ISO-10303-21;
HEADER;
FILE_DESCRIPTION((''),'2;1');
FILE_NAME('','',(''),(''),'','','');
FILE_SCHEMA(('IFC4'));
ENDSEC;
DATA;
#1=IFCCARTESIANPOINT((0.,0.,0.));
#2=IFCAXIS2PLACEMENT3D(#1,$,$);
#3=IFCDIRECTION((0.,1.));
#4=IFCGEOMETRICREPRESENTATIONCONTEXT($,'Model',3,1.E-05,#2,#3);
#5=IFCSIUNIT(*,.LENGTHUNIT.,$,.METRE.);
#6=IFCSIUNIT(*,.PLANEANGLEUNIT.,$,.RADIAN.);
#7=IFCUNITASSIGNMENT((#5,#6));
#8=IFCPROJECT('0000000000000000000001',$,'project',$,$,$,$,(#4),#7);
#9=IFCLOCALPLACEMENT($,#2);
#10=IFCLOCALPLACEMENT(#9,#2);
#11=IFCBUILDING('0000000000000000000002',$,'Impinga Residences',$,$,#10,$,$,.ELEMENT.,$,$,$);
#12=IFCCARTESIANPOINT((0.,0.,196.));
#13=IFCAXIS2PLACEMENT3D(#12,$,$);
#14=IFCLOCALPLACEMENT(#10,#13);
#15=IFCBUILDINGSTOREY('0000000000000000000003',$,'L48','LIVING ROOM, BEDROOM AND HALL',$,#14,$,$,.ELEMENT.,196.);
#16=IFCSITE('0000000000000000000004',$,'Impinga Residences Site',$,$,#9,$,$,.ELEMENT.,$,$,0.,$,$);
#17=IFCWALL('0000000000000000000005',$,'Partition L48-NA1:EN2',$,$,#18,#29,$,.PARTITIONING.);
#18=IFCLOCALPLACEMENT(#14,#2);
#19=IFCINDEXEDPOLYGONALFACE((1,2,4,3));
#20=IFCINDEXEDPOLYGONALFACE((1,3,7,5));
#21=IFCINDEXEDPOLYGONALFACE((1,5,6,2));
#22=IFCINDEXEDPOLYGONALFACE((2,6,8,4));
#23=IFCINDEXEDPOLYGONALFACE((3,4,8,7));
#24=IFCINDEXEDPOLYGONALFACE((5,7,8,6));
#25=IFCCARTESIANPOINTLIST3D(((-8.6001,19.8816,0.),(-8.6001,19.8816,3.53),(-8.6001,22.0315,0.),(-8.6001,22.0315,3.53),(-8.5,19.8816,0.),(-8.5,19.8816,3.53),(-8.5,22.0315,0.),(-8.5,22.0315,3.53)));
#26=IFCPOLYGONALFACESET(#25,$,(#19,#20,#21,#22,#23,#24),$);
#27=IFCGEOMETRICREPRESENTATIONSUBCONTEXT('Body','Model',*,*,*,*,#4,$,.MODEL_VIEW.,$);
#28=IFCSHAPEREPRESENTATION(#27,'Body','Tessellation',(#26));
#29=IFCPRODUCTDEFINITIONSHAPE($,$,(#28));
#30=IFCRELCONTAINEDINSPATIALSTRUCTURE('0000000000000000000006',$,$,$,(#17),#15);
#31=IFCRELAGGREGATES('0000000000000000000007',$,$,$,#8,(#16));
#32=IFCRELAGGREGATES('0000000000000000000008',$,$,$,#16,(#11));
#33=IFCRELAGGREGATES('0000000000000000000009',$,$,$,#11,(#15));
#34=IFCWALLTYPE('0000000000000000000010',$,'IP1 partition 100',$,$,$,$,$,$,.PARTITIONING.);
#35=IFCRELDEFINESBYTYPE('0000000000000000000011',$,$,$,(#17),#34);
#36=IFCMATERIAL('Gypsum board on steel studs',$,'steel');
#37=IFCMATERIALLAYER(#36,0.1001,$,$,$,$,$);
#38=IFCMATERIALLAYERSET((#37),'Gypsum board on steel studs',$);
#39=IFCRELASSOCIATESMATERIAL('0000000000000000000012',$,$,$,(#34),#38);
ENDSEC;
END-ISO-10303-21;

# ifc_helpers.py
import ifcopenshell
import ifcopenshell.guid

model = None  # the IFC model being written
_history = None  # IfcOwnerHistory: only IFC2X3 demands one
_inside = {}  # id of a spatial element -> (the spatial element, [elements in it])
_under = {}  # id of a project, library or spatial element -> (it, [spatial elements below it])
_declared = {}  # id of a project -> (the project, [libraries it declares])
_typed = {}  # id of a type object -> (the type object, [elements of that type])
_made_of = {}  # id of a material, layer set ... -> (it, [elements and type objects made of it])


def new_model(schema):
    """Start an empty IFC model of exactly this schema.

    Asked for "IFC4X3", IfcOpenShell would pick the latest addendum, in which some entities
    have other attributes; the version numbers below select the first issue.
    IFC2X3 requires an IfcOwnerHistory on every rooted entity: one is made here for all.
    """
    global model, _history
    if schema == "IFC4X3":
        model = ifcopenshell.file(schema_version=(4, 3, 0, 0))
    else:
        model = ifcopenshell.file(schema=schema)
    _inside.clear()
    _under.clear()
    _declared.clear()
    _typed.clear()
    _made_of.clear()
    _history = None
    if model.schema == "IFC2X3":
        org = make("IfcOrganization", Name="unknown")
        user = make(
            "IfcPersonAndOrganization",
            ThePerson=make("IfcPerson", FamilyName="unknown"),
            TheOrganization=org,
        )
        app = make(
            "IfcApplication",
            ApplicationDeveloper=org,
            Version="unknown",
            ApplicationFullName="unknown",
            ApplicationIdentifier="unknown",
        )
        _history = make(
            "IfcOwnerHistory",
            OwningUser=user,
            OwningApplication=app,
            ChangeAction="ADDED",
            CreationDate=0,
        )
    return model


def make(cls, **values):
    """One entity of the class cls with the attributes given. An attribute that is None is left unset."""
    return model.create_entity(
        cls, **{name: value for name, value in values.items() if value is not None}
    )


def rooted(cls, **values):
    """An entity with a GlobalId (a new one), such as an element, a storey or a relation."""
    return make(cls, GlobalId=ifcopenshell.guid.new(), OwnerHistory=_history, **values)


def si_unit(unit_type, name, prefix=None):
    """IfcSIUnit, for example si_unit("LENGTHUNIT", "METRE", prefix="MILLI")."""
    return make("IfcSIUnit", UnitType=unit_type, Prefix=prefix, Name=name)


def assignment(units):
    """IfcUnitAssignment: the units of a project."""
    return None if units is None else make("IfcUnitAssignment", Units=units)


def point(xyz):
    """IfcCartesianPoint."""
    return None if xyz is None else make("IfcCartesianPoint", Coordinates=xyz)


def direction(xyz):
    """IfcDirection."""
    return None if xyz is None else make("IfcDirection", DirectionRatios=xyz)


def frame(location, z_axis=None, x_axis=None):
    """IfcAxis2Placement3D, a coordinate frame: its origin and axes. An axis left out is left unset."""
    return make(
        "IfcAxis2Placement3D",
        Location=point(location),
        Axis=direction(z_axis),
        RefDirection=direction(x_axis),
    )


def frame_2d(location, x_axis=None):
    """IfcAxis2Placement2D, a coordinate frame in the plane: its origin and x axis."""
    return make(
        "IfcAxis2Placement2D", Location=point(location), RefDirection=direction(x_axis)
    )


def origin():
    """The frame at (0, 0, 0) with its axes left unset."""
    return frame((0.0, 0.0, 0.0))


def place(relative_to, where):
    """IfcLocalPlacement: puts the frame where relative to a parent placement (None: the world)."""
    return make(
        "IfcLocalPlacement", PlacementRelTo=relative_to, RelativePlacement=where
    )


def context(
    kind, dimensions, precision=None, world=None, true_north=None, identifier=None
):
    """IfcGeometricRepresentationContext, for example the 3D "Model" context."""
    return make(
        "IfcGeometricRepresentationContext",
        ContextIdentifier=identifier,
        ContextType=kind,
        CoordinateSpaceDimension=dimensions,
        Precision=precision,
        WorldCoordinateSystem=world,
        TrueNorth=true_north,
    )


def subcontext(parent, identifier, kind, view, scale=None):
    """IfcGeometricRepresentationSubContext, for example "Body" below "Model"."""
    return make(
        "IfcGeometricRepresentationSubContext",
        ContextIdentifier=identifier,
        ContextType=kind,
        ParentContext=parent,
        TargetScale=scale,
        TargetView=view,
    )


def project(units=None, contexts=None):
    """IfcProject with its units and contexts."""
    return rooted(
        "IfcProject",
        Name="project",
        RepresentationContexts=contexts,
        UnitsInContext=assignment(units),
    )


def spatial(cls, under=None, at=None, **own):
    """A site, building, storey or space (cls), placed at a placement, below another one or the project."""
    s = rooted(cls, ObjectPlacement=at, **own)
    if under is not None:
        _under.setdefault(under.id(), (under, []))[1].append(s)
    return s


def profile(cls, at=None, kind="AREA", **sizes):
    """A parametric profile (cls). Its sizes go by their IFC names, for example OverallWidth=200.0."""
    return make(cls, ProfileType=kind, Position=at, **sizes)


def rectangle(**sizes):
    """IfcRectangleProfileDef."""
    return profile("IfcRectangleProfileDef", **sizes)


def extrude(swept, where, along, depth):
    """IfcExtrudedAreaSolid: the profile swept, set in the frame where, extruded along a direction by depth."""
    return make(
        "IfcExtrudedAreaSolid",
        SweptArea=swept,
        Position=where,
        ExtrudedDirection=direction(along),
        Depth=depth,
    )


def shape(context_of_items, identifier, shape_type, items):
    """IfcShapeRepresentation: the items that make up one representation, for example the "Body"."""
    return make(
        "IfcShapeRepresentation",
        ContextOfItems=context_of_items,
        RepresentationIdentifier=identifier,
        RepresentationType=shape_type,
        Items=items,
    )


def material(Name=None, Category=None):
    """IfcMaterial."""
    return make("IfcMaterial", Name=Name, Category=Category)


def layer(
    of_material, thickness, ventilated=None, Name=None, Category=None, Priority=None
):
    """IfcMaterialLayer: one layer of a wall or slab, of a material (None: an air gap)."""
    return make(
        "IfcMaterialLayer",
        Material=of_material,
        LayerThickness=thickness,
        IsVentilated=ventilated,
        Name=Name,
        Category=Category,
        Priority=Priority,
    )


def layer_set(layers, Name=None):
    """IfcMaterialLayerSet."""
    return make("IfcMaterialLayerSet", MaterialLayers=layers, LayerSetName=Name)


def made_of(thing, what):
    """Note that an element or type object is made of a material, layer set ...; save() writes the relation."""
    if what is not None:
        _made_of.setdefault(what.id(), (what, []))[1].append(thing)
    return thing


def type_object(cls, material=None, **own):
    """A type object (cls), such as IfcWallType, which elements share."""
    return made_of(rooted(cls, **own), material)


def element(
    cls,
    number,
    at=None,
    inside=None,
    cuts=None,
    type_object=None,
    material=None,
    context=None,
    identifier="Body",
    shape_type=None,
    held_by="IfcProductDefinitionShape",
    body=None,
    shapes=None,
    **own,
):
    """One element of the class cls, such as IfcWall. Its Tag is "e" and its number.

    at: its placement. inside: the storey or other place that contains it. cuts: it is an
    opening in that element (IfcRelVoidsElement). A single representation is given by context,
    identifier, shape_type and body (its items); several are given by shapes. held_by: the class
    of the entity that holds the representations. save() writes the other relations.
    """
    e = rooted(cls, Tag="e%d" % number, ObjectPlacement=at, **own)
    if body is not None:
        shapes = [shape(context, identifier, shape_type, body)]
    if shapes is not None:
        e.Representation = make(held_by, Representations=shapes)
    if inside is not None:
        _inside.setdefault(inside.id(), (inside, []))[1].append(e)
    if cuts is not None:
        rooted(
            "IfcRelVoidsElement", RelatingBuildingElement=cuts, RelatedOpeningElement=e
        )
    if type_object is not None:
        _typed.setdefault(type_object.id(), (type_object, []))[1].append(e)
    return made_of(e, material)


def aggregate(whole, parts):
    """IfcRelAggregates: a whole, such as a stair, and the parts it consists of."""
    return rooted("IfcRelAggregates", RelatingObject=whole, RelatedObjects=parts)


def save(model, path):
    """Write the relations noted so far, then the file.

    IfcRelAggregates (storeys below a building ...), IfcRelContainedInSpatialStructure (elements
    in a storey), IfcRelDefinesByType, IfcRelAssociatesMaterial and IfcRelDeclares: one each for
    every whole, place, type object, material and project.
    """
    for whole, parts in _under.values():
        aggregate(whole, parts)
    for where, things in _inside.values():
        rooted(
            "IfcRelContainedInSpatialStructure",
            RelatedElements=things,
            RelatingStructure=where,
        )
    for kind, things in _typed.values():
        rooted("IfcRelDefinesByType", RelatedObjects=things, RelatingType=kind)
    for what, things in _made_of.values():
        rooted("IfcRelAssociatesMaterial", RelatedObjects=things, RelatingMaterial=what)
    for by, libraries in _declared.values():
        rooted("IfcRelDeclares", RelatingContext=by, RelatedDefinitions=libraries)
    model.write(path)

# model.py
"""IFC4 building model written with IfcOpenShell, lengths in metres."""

from ifc_helpers import new_model, si_unit, direction, frame, frame_2d, origin, place, context, subcontext, project, spatial, rectangle, extrude, material, layer, layer_set, type_object, element, save


model = new_model("IFC4")

# Units and contexts
model_context = context("Model", 3, precision=1e-05, world=origin(), true_north=direction((0.0, 1.0)))
body_context = subcontext(model_context, "Body", "Model", "MODEL_VIEW")
ifc_project = project(units=[si_unit("LENGTHUNIT", "METRE"), si_unit("PLANEANGLEUNIT", "RADIAN")], contexts=[model_context])

# Site, building, storey
site_placement = place(None, origin())
site = spatial("IfcSite", under=ifc_project, at=site_placement, Name="Impinga Residences Site", CompositionType="ELEMENT", RefElevation=0.0)
building_placement = place(site_placement, origin())
building = spatial("IfcBuilding", under=site, at=building_placement, Name="Impinga Residences", CompositionType="ELEMENT")
storey_placement = place(building_placement, frame((0.0, 0.0, 196.0)))
storey = spatial("IfcBuildingStorey", under=building, at=storey_placement, Name="L48", Description="LIVING ROOM, BEDROOM AND HALL", CompositionType="ELEMENT", Elevation=196.0)

# Shared definitions
ifc_material_1 = material(Name="Gypsum board on steel studs", Category="steel")
ifc_layer_1 = layer(ifc_material_1, 0.1001)
ifc_layer_set_1 = layer_set([ifc_layer_1], Name="Gypsum board on steel studs")
wall_type_1 = type_object("IfcWallType", Name="IP1 partition 100", PredefinedType="PARTITIONING", material=ifc_layer_set_1)

# Wall
wall_1_placement = place(storey_placement, frame((-8.55, 19.8816, 0.0), z_axis=(0.0, 0.0, 1.0), x_axis=(0.0, 1.0, 0.0)))
element("IfcWall", 1, at=wall_1_placement, inside=storey, type_object=wall_type_1, Name="Partition L48-NA1:EN2", PredefinedType="PARTITIONING", context=body_context, shape_type="SweptSolid", body=[
    extrude(rectangle(XDim=2.1499, YDim=0.1001, at=frame_2d((1.075, 0.0))), origin(), (0.0, 0.0, 1.0), 3.53),
])

save(model, "model.ifc")
